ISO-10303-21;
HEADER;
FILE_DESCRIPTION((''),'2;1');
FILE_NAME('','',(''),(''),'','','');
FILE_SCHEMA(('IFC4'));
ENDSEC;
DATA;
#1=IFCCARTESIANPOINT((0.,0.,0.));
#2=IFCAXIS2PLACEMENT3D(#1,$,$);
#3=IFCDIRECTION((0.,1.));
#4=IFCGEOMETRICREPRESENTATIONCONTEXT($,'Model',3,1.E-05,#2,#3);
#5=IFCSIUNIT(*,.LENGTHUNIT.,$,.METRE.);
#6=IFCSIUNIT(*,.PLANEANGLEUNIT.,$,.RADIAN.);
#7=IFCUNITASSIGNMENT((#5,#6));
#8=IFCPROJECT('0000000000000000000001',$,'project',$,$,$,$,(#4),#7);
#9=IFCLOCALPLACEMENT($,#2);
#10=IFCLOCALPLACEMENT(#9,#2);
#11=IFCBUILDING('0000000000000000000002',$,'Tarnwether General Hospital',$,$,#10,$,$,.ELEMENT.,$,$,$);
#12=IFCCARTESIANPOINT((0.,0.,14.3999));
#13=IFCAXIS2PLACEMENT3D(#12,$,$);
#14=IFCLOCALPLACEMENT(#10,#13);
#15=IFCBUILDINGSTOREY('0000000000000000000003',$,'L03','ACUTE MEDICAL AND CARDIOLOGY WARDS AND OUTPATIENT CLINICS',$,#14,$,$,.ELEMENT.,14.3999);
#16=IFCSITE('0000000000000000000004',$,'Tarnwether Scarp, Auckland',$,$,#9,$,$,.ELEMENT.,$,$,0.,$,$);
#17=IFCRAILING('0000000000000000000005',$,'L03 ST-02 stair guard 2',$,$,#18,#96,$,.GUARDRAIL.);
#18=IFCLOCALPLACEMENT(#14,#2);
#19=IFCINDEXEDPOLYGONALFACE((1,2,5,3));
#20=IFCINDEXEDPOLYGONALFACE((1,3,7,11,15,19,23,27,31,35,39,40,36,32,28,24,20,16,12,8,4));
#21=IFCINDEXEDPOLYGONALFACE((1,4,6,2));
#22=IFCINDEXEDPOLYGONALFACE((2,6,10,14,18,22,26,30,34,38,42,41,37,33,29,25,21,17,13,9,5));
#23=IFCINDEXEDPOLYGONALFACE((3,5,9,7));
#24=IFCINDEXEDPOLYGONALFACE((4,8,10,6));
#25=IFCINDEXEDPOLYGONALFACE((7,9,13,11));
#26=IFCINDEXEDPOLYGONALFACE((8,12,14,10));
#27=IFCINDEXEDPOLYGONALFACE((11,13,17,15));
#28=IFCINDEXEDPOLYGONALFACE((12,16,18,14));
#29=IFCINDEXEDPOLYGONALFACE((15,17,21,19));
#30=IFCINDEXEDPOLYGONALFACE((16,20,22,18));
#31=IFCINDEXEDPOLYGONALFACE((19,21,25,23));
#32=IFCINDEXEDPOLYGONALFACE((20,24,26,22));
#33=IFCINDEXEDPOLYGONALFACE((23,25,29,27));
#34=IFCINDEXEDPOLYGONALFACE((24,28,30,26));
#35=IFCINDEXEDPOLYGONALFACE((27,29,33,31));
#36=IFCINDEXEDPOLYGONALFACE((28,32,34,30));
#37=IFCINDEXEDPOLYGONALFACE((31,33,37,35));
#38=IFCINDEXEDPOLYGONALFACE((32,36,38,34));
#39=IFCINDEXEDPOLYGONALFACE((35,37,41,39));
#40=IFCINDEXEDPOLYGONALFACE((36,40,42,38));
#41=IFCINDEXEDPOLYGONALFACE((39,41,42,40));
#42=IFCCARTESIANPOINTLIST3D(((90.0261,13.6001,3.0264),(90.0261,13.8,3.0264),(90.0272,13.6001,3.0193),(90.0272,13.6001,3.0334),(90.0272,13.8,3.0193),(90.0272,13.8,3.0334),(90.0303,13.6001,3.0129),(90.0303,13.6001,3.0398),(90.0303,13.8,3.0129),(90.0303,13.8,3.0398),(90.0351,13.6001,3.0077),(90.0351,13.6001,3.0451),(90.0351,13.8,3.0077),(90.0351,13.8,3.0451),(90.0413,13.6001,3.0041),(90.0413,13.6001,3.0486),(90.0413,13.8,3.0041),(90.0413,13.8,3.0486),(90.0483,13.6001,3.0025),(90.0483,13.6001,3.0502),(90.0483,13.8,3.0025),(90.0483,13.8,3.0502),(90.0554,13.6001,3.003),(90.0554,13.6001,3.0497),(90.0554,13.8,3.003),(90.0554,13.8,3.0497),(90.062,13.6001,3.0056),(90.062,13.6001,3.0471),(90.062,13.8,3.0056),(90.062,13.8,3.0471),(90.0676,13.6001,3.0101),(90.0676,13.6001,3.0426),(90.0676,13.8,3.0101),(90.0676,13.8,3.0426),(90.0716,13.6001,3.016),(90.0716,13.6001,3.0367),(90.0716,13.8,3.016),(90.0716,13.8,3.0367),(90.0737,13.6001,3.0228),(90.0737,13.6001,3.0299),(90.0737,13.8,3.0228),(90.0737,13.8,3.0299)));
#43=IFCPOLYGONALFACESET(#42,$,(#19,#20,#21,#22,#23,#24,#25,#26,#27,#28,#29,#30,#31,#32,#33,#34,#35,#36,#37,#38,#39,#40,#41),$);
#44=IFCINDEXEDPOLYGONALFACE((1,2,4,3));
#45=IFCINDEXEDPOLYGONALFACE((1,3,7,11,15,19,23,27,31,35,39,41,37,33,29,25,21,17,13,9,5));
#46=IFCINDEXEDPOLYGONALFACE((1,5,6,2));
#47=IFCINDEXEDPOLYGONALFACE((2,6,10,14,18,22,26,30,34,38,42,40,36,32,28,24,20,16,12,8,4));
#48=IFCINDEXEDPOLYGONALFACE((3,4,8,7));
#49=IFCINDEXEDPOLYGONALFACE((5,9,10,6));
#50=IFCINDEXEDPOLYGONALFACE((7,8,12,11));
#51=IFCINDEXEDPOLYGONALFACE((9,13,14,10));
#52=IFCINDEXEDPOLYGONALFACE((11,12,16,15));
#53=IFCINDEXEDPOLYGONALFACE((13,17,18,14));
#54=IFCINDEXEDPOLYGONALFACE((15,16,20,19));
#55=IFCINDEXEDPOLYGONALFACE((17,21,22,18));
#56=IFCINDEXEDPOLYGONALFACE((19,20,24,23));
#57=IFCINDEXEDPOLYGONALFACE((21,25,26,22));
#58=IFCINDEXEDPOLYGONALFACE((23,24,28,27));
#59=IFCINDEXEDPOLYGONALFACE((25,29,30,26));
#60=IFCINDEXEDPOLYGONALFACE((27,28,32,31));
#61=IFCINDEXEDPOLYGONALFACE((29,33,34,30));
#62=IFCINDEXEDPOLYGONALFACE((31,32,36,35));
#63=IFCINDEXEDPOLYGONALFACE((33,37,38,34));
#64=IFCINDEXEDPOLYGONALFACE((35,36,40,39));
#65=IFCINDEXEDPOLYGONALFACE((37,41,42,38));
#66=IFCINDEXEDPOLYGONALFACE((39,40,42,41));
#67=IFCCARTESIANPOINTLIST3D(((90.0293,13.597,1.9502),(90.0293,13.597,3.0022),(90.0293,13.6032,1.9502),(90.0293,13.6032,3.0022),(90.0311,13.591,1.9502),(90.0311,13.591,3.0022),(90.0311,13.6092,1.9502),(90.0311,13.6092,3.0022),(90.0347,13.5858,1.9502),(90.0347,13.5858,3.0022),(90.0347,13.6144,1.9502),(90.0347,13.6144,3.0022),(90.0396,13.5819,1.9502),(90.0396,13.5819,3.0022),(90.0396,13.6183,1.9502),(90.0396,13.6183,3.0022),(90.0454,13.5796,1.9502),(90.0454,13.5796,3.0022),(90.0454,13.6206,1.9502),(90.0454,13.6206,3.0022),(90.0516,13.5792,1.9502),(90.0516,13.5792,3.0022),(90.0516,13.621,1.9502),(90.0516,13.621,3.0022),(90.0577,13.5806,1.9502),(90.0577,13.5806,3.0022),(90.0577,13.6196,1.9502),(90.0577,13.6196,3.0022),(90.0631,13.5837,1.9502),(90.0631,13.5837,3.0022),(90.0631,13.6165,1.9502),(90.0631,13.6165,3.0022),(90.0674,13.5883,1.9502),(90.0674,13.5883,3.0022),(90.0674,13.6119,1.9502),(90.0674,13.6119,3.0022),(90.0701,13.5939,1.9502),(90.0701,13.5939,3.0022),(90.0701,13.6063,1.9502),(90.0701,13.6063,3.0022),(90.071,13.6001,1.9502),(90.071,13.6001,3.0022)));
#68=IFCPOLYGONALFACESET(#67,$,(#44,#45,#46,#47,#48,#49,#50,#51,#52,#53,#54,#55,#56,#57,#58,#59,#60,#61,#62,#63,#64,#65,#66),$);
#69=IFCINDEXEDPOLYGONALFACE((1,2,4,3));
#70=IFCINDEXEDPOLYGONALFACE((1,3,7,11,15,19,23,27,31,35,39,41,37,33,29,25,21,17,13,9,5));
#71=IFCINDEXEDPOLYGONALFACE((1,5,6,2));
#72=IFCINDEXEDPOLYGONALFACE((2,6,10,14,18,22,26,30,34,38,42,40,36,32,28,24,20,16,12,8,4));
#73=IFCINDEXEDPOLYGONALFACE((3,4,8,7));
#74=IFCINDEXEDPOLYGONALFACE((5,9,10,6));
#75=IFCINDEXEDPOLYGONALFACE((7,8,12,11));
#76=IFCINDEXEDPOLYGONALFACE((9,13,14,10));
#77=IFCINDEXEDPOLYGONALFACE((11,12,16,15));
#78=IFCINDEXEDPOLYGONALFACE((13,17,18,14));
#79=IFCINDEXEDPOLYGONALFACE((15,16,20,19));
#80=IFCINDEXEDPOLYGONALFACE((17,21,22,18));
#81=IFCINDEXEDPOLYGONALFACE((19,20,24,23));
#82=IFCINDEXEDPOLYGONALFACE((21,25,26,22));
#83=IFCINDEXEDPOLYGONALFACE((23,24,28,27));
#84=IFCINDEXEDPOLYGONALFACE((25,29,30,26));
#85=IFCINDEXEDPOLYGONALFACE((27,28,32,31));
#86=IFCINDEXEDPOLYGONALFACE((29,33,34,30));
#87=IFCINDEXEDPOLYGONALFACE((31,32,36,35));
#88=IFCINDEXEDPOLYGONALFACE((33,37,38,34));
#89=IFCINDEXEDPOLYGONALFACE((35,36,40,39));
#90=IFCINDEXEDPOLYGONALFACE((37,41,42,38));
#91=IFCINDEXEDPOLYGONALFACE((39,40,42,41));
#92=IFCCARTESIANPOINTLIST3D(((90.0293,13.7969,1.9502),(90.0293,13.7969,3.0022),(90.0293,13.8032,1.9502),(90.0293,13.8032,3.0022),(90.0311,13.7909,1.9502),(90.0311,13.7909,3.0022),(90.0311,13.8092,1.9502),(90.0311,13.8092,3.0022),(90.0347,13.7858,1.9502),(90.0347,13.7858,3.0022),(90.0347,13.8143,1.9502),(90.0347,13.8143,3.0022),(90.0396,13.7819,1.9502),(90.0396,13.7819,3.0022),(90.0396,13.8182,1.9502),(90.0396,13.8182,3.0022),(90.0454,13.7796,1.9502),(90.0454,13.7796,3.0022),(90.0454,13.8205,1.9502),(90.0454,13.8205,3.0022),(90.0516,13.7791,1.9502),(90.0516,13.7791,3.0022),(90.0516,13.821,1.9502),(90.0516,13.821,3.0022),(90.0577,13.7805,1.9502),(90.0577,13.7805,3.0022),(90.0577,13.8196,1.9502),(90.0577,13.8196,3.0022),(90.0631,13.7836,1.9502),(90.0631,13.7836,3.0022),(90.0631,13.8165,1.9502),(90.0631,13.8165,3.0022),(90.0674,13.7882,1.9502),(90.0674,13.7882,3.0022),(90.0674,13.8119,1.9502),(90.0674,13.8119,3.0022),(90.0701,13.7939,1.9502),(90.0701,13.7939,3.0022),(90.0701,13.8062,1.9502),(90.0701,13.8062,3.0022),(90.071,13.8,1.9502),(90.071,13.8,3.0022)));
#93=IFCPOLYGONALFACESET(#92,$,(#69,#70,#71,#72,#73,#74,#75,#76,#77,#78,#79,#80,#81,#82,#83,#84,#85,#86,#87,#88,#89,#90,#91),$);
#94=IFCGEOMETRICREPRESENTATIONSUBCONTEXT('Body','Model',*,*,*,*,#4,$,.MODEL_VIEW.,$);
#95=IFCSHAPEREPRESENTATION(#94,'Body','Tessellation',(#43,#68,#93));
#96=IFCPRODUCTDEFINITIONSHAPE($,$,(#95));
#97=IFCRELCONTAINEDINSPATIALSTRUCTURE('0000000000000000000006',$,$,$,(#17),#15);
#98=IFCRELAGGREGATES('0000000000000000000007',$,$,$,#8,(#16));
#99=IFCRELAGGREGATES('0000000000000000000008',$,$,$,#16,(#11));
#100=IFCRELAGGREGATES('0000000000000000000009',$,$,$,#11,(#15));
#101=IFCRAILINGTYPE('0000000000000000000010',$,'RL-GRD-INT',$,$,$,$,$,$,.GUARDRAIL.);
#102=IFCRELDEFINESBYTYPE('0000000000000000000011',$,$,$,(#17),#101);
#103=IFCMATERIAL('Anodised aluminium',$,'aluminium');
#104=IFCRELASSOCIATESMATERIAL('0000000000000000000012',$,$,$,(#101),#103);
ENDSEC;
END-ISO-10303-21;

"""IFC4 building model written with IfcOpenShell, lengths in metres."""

from ifc_helpers import new_model, si_unit, direction, frame, origin, origin_2d, place, context, subcontext, project, spatial, circle, extrude, material, type_object, element, save


model = new_model("IFC4")

# Units and contexts
model_context = context("Model", 3, precision=1e-05, world=origin(), true_north=direction((0.0, 1.0)))
body_context = subcontext(model_context, "Body", "Model", "MODEL_VIEW")
ifc_project = project(units=[si_unit("LENGTHUNIT", "METRE"), si_unit("PLANEANGLEUNIT", "RADIAN")], contexts=[model_context])

# Site, building, storey
site_placement = place(None, origin())
site = spatial("IfcSite", under=ifc_project, at=site_placement, Name="Tarnwether Scarp, Auckland", CompositionType="ELEMENT", RefElevation=0.0)
building_placement = place(site_placement, origin())
building = spatial("IfcBuilding", under=site, at=building_placement, Name="Tarnwether General Hospital", CompositionType="ELEMENT")
storey_placement = place(building_placement, frame((0.0, 0.0, 14.3999)))
storey = spatial("IfcBuildingStorey", under=building, at=storey_placement, Name="L03", Description="ACUTE MEDICAL AND CARDIOLOGY WARDS AND OUTPATIENT CLINICS", CompositionType="ELEMENT", Elevation=14.3999)

# Railing
ifc_material_1 = material(Name="Anodised aluminium", Category="aluminium")
railing_type_1 = type_object("IfcRailingType", Name="RL-GRD-INT", PredefinedType="GUARDRAIL", material=ifc_material_1)
railing_1_placement = place(storey_placement, frame((90.05, 13.6001, 1.9502)))
element("IfcRailing", 1, at=railing_1_placement, inside=storey, type_object=railing_type_1, Name="L03 ST-02 stair guard 2", PredefinedType="GUARDRAIL", context=body_context, shape_type="SweptSolid", body=[
    extrude(circle(Radius=0.0239, at=origin_2d()), frame((0.0, 0.0, 1.0762), z_axis=(0.0, 1.0, 0.0), x_axis=(-1.0, 0.0, 0.0)), (0.0, 0.0, 1.0), 0.2),
    extrude(circle(Radius=0.021, at=origin_2d()), origin(), (0.0, 0.0, 1.0), 1.052),
    extrude(circle(Radius=0.021, at=origin_2d()), frame((0.0, 0.2, 0.0)), (0.0, 0.0, 1.0), 1.052),
])

save(model, "model.ifc")
